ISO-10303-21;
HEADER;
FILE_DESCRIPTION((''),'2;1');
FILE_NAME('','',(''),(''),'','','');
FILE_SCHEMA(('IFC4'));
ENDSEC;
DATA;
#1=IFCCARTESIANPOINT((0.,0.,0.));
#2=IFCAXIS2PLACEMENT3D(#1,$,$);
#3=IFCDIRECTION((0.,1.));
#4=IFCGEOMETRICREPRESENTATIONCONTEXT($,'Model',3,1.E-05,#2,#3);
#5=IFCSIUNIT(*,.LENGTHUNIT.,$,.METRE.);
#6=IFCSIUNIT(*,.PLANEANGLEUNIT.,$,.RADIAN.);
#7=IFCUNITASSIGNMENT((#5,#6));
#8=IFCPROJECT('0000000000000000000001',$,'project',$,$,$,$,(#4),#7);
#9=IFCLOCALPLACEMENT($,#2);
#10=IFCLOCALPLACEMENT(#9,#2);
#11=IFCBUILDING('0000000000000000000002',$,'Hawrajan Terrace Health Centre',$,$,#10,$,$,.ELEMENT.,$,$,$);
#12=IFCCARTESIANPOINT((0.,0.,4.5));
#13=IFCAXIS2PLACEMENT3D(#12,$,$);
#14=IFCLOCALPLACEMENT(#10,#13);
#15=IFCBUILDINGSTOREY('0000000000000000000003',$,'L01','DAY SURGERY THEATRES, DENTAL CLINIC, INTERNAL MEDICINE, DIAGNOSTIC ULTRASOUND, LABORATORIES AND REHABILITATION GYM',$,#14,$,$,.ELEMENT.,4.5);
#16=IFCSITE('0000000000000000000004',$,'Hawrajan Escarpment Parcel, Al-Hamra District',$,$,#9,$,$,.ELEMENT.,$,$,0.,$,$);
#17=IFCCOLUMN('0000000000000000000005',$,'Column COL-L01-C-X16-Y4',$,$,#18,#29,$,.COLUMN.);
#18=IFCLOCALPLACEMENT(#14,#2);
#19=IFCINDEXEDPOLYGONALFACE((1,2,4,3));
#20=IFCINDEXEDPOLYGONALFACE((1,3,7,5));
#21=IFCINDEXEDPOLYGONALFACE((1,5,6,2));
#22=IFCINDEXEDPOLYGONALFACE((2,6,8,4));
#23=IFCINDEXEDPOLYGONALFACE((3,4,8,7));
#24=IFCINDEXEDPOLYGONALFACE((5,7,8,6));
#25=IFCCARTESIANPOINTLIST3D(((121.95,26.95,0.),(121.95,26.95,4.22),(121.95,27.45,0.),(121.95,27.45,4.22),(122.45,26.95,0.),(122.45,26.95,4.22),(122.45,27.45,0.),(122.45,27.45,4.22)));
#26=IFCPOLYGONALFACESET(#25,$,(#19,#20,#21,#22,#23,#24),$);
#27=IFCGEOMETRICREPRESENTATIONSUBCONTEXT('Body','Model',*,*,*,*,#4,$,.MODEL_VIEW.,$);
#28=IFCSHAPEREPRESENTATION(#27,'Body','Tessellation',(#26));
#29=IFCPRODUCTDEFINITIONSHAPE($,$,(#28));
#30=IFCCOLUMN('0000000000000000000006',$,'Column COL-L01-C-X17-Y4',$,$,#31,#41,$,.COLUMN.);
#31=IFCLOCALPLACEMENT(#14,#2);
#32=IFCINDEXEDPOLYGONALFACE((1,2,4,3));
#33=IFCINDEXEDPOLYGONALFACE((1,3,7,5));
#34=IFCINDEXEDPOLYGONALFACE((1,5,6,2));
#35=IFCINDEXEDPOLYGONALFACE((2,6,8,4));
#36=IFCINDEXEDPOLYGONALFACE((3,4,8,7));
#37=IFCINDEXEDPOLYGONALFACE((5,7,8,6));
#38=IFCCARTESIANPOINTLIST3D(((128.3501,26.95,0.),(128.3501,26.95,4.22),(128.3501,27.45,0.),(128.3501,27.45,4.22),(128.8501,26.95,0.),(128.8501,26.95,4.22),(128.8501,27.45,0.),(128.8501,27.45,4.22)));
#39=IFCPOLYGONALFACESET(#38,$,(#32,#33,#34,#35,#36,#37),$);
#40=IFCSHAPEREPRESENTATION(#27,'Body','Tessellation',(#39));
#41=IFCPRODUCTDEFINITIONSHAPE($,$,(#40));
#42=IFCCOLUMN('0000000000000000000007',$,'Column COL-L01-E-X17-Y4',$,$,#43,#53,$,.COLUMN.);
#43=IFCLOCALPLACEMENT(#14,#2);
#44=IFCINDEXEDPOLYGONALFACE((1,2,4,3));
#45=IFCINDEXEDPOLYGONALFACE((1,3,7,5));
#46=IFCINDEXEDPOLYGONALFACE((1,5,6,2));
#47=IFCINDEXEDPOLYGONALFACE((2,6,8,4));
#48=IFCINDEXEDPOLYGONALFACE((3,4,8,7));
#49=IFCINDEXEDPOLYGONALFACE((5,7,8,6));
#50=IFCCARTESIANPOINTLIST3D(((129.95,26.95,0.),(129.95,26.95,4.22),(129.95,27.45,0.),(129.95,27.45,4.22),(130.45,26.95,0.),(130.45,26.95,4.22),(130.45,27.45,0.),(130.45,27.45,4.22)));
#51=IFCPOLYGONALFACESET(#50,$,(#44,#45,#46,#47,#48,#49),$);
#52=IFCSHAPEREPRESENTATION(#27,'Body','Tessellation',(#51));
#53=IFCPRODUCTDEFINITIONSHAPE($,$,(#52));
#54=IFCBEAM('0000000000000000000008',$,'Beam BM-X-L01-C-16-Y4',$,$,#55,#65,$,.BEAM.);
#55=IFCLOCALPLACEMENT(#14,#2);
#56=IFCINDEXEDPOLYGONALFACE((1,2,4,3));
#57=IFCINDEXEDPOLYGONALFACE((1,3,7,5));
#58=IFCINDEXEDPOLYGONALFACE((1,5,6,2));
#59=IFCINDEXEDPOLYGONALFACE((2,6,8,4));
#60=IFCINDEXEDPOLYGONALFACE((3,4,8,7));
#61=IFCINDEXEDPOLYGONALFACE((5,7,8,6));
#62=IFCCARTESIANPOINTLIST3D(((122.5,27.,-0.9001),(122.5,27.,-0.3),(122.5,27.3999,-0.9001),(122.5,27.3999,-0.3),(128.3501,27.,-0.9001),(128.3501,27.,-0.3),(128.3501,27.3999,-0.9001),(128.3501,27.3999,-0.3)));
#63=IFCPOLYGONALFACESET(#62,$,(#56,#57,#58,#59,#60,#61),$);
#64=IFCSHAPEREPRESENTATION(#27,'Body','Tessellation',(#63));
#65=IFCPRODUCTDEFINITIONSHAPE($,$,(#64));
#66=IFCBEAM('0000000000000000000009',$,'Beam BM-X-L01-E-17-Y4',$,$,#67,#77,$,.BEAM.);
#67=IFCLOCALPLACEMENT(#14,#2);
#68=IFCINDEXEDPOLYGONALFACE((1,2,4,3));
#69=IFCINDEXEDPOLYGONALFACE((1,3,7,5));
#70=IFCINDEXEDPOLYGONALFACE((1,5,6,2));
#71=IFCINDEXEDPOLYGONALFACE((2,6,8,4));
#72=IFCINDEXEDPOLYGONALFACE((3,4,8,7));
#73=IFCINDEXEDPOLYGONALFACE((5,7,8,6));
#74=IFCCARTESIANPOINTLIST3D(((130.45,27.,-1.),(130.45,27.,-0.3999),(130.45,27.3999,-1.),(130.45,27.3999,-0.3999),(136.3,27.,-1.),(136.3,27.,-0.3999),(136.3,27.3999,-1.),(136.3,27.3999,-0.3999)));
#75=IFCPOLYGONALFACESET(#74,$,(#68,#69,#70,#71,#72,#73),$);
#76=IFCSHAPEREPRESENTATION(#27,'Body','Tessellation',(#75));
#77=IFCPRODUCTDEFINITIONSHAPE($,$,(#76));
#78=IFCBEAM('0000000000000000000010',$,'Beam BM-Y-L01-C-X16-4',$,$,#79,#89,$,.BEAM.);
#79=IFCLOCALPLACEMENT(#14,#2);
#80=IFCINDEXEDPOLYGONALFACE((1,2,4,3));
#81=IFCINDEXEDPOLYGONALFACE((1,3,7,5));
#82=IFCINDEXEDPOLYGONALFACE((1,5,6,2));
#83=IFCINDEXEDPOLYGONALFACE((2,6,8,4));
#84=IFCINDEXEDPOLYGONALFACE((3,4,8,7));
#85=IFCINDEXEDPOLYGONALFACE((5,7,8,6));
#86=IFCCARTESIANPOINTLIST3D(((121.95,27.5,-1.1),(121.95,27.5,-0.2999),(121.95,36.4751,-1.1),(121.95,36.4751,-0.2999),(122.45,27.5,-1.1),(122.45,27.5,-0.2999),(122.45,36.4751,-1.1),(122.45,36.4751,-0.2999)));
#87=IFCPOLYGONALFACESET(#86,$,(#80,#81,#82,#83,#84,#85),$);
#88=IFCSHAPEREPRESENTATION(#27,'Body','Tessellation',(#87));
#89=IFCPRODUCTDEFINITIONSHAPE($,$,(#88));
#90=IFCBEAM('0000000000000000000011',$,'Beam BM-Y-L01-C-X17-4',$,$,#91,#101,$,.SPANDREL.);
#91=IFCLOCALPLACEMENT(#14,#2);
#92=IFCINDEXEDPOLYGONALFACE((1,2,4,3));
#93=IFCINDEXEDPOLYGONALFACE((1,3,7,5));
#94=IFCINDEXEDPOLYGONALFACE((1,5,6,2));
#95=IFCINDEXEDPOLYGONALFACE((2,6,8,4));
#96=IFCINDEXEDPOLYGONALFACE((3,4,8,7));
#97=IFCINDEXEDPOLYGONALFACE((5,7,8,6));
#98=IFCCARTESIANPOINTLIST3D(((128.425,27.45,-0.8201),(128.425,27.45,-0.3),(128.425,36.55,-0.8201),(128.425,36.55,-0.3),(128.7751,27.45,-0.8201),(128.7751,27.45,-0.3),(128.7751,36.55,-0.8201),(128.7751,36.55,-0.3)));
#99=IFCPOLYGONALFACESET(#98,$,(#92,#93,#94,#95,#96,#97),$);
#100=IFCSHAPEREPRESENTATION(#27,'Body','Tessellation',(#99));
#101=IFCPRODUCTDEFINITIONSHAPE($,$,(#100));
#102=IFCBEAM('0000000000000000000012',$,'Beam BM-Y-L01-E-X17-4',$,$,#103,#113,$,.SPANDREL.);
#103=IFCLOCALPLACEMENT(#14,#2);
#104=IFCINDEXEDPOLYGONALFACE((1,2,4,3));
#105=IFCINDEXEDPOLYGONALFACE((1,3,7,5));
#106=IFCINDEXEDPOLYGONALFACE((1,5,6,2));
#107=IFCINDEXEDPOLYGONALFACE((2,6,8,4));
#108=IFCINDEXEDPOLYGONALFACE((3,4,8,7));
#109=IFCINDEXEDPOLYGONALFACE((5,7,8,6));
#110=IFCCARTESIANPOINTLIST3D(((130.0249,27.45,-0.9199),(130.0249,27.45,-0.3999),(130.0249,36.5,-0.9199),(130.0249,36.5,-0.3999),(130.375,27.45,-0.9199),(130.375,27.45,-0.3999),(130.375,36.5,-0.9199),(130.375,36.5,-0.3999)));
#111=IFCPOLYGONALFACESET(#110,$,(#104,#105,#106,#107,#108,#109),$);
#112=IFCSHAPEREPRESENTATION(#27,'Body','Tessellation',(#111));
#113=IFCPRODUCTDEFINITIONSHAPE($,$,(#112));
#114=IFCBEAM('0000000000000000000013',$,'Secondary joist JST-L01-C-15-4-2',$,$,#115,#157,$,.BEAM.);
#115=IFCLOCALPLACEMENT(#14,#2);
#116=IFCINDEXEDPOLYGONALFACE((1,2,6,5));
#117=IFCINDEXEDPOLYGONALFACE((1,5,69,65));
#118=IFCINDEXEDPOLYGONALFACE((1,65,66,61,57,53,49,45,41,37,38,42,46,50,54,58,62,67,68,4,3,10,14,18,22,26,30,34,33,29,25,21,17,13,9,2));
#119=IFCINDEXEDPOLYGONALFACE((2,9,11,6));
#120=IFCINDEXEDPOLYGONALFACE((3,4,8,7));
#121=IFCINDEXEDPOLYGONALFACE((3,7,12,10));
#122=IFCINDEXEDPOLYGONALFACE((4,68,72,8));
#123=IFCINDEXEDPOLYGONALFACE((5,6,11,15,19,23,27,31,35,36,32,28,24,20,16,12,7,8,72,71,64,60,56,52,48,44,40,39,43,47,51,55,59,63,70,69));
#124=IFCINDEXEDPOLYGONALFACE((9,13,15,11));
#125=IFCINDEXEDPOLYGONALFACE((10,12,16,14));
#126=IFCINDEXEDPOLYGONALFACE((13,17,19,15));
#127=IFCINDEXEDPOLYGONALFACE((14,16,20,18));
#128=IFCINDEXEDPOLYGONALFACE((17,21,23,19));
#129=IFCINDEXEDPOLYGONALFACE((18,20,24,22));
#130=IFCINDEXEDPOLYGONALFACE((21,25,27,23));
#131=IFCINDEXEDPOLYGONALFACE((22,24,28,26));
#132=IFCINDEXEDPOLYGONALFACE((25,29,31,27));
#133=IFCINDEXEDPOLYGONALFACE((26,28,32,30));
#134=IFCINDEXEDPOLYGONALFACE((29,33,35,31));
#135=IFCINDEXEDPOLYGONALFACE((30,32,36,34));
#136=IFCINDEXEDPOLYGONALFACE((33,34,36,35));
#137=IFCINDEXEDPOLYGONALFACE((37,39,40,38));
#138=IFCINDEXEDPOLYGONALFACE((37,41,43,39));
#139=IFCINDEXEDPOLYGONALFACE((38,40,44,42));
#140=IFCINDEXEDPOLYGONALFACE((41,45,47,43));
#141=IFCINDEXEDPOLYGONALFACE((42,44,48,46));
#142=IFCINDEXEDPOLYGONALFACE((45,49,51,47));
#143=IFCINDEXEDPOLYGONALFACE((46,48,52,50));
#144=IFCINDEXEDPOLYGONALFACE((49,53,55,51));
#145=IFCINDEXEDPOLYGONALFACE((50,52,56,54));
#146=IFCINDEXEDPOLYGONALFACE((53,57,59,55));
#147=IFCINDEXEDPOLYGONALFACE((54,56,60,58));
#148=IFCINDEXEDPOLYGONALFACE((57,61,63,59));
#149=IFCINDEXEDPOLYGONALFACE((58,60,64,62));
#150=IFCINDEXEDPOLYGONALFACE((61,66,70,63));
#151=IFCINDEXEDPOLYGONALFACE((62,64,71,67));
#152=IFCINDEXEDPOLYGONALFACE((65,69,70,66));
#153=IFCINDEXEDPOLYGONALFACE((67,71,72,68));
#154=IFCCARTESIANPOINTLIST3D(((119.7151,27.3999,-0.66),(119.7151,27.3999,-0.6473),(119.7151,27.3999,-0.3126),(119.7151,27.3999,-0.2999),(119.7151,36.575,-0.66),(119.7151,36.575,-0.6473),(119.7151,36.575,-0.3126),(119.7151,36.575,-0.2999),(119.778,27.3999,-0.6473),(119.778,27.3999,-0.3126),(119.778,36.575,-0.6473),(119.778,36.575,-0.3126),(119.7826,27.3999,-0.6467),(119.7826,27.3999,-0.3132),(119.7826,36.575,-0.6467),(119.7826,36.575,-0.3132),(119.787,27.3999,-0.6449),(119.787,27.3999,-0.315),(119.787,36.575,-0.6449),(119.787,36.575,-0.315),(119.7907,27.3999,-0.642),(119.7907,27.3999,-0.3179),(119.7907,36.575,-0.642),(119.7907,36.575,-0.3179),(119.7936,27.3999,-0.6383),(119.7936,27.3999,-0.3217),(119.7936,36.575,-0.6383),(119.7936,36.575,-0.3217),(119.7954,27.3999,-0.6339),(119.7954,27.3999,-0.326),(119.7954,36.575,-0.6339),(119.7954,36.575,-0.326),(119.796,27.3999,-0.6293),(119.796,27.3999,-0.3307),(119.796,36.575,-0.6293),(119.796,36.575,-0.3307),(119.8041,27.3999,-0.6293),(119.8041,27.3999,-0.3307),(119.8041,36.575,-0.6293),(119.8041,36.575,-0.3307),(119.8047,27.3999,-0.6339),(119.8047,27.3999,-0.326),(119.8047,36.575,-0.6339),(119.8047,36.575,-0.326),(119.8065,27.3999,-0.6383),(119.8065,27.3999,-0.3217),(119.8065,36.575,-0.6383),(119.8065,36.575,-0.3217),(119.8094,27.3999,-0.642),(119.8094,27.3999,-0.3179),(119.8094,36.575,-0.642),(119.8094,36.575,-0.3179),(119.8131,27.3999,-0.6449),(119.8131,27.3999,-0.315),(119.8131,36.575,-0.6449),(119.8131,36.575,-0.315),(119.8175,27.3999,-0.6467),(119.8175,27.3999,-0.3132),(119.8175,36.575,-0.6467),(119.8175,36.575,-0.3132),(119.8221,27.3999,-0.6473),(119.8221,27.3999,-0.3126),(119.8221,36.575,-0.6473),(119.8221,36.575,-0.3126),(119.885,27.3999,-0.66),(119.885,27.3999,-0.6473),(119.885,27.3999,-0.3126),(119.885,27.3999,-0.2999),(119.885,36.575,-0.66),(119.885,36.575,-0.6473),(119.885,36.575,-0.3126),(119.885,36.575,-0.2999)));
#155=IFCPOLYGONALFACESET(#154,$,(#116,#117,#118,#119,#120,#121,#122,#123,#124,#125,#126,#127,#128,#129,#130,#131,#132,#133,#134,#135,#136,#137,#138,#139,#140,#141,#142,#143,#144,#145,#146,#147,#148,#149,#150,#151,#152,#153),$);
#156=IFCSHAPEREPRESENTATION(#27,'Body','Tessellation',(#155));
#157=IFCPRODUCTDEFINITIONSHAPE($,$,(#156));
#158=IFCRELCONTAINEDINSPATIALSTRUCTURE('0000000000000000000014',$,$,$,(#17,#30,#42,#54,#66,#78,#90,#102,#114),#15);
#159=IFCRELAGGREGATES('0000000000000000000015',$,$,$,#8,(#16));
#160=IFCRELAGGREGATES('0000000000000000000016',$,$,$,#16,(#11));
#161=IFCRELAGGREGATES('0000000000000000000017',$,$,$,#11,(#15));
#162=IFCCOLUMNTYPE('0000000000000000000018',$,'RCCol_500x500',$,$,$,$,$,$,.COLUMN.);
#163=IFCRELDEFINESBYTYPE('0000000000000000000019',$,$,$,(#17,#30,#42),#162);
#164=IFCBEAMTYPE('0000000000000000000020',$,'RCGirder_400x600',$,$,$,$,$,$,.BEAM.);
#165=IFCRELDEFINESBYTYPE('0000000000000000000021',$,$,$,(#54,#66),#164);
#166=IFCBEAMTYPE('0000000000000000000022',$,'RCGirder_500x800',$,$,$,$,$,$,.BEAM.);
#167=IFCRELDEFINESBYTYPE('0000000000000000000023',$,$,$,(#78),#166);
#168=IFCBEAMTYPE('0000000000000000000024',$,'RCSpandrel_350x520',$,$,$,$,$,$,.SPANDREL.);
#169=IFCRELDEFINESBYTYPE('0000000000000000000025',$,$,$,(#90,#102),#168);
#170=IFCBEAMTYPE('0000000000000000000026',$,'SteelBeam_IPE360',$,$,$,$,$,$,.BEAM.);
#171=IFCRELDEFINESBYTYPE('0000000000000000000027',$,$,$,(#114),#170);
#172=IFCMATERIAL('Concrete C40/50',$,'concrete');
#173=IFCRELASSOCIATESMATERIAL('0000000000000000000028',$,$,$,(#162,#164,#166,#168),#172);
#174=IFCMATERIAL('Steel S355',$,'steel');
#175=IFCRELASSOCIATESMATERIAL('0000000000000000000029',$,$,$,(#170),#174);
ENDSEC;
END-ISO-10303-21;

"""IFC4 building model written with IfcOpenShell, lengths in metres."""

from ifc_helpers import new_model, si_unit, direction, frame, origin, origin_2d, place, context, subcontext, project, spatial, rectangle, i_section, extrude, material, material_profile, profile_set, type_object, element, save


model = new_model("IFC4")

# Units and contexts
model_context = context("Model", 3, precision=1e-05, world=origin(), true_north=direction((0.0, 1.0)))
body_context = subcontext(model_context, "Body", "Model", "MODEL_VIEW")
ifc_project = project(units=[si_unit("LENGTHUNIT", "METRE"), si_unit("PLANEANGLEUNIT", "RADIAN")], contexts=[model_context])

# Site, building, storey
site_placement = place(None, origin())
site = spatial("IfcSite", under=ifc_project, at=site_placement, Name="Hawrajan Escarpment Parcel, Al-Hamra District", CompositionType="ELEMENT", RefElevation=0.0)
building_placement = place(site_placement, origin())
building = spatial("IfcBuilding", under=site, at=building_placement, Name="Hawrajan Terrace Health Centre", CompositionType="ELEMENT")
storey_placement = place(building_placement, frame((0.0, 0.0, 4.5)))
storey = spatial("IfcBuildingStorey", under=building, at=storey_placement, Name="L01", Description="DAY SURGERY THEATRES, DENTAL CLINIC, INTERNAL MEDICINE, DIAGNOSTIC ULTRASOUND, LABORATORIES AND REHABILITATION GYM", CompositionType="ELEMENT", Elevation=4.5)

# Columns
ifc_material_1 = material(Name="Concrete C40/50", Category="concrete")
ifc_material_profile_1 = material_profile(ifc_material_1, rectangle(XDim=0.5, YDim=0.5, at=origin_2d()), Name="RC 500x500")
ifc_profile_set_1 = profile_set([ifc_material_profile_1], Name="Concrete C40/50")
column_type = type_object("IfcColumnType", Name="RCCol_500x500", PredefinedType="COLUMN", material=ifc_profile_set_1)
for number, where, z_axis, x_axis, name in (
    (1, (122.2, 27.2, 0.0), (0.0, 0.0, 1.0), (1.0, 0.0, 0.0), "Column COL-L01-C-X16-Y4"),
    (2, (128.6001, 27.2, 0.0), (0.0, 0.0, 1.0), (1.0, 0.0, 0.0), "Column COL-L01-C-X17-Y4"),
    (3, (130.2, 27.2, 0.0), (0.0, 0.0, 1.0), (1.0, 0.0, 0.0), "Column COL-L01-E-X17-Y4"),
):
    element("IfcColumn", number, at=place(storey_placement, frame(where, z_axis=z_axis, x_axis=x_axis)), inside=storey, type_object=column_type, Name=name, PredefinedType="COLUMN", context=body_context, shape_type="SweptSolid", body=[
        extrude(rectangle(XDim=0.5, YDim=0.5, at=origin_2d()), origin(), (0.0, 0.0, 1.0), 4.22),
    ])

# Beams
ifc_material_profile_2 = material_profile(ifc_material_1, rectangle(XDim=0.3999, YDim=0.6001, at=origin_2d()), Name="RC BM 400x600")
ifc_profile_set_2 = profile_set([ifc_material_profile_2], Name="Concrete C40/50")
beam_type_1 = type_object("IfcBeamType", Name="RCGirder_400x600", PredefinedType="BEAM", material=ifc_profile_set_2)
for number, where, z_axis, x_axis, name in (
    (4, (122.5, 27.2, -0.6001), (1.0, 0.0, 0.0), (0.0, 1.0, 0.0), "Beam BM-X-L01-C-16-Y4"),
    (5, (130.45, 27.2, -0.7), (1.0, 0.0, 0.0), (0.0, 1.0, 0.0), "Beam BM-X-L01-E-17-Y4"),
):
    element("IfcBeam", number, at=place(storey_placement, frame(where, z_axis=z_axis, x_axis=x_axis)), inside=storey, type_object=beam_type_1, Name=name, PredefinedType="BEAM", context=body_context, shape_type="SweptSolid", body=[
        extrude(rectangle(XDim=0.3999, YDim=0.6001, at=origin_2d()), origin(), (0.0, 0.0, 1.0), 5.8501),
    ])
ifc_material_profile_3 = material_profile(ifc_material_1, rectangle(XDim=0.5, YDim=0.8, at=origin_2d()), Name="RC BM 500x800")
ifc_profile_set_3 = profile_set([ifc_material_profile_3], Name="Concrete C40/50")
beam_type_2 = type_object("IfcBeamType", Name="RCGirder_500x800", PredefinedType="BEAM", material=ifc_profile_set_3)
beam_1_placement = place(storey_placement, frame((122.2, 27.5, -0.7), z_axis=(0.0, 1.0, 0.0), x_axis=(-1.0, 0.0, 0.0)))
element("IfcBeam", 6, at=beam_1_placement, inside=storey, type_object=beam_type_2, Name="Beam BM-Y-L01-C-X16-4", PredefinedType="BEAM", context=body_context, shape_type="SweptSolid", body=[
    extrude(rectangle(XDim=0.5, YDim=0.8, at=origin_2d()), origin(), (0.0, 0.0, 1.0), 8.9751),
])
ifc_material_profile_4 = material_profile(ifc_material_1, rectangle(XDim=0.3501, YDim=0.52, at=origin_2d()), Name="RC SP 350x520")
ifc_profile_set_4 = profile_set([ifc_material_profile_4], Name="Concrete C40/50")
beam_type_3 = type_object("IfcBeamType", Name="RCSpandrel_350x520", PredefinedType="SPANDREL", material=ifc_profile_set_4)
beam_2_placement = place(storey_placement, frame((128.6001, 27.45, -0.5601), z_axis=(0.0, 1.0, 0.0), x_axis=(-1.0, 0.0, 0.0)))
element("IfcBeam", 7, at=beam_2_placement, inside=storey, type_object=beam_type_3, Name="Beam BM-Y-L01-C-X17-4", PredefinedType="SPANDREL", context=body_context, shape_type="SweptSolid", body=[
    extrude(rectangle(XDim=0.3501, YDim=0.52, at=origin_2d()), origin(), (0.0, 0.0, 1.0), 9.1001),
])
beam_3_placement = place(storey_placement, frame((130.2, 27.45, -0.6599), z_axis=(0.0, 1.0, 0.0), x_axis=(-1.0, 0.0, 0.0)))
element("IfcBeam", 8, at=beam_3_placement, inside=storey, type_object=beam_type_3, Name="Beam BM-Y-L01-E-X17-4", PredefinedType="SPANDREL", context=body_context, shape_type="SweptSolid", body=[
    extrude(rectangle(XDim=0.3501, YDim=0.52, at=origin_2d()), origin(), (0.0, 0.0, 1.0), 9.05),
])
ifc_material_2 = material(Name="Steel S355", Category="steel")
ifc_material_profile_5 = material_profile(ifc_material_2, i_section(OverallWidth=0.1699, OverallDepth=0.3601, WebThickness=0.0081, FlangeThickness=0.0127, FilletRadius=0.0181, at=origin_2d()), Name="IPE 360")
ifc_profile_set_5 = profile_set([ifc_material_profile_5], Name="Steel S355")
beam_type_4 = type_object("IfcBeamType", Name="SteelBeam_IPE360", PredefinedType="BEAM", material=ifc_profile_set_5)
beam_4_placement = place(storey_placement, frame((119.8, 27.3999, -0.48), z_axis=(0.0, 1.0, 0.0), x_axis=(-1.0, 0.0, 0.0)))
element("IfcBeam", 9, at=beam_4_placement, inside=storey, type_object=beam_type_4, Name="Secondary joist JST-L01-C-15-4-2", PredefinedType="BEAM", context=body_context, shape_type="SweptSolid", body=[
    extrude(i_section(OverallWidth=0.1699, OverallDepth=0.3601, WebThickness=0.0081, FlangeThickness=0.0127, FilletRadius=0.0181, at=origin_2d()), origin(), (0.0, 0.0, 1.0), 9.175),
])

save(model, "model.ifc")
